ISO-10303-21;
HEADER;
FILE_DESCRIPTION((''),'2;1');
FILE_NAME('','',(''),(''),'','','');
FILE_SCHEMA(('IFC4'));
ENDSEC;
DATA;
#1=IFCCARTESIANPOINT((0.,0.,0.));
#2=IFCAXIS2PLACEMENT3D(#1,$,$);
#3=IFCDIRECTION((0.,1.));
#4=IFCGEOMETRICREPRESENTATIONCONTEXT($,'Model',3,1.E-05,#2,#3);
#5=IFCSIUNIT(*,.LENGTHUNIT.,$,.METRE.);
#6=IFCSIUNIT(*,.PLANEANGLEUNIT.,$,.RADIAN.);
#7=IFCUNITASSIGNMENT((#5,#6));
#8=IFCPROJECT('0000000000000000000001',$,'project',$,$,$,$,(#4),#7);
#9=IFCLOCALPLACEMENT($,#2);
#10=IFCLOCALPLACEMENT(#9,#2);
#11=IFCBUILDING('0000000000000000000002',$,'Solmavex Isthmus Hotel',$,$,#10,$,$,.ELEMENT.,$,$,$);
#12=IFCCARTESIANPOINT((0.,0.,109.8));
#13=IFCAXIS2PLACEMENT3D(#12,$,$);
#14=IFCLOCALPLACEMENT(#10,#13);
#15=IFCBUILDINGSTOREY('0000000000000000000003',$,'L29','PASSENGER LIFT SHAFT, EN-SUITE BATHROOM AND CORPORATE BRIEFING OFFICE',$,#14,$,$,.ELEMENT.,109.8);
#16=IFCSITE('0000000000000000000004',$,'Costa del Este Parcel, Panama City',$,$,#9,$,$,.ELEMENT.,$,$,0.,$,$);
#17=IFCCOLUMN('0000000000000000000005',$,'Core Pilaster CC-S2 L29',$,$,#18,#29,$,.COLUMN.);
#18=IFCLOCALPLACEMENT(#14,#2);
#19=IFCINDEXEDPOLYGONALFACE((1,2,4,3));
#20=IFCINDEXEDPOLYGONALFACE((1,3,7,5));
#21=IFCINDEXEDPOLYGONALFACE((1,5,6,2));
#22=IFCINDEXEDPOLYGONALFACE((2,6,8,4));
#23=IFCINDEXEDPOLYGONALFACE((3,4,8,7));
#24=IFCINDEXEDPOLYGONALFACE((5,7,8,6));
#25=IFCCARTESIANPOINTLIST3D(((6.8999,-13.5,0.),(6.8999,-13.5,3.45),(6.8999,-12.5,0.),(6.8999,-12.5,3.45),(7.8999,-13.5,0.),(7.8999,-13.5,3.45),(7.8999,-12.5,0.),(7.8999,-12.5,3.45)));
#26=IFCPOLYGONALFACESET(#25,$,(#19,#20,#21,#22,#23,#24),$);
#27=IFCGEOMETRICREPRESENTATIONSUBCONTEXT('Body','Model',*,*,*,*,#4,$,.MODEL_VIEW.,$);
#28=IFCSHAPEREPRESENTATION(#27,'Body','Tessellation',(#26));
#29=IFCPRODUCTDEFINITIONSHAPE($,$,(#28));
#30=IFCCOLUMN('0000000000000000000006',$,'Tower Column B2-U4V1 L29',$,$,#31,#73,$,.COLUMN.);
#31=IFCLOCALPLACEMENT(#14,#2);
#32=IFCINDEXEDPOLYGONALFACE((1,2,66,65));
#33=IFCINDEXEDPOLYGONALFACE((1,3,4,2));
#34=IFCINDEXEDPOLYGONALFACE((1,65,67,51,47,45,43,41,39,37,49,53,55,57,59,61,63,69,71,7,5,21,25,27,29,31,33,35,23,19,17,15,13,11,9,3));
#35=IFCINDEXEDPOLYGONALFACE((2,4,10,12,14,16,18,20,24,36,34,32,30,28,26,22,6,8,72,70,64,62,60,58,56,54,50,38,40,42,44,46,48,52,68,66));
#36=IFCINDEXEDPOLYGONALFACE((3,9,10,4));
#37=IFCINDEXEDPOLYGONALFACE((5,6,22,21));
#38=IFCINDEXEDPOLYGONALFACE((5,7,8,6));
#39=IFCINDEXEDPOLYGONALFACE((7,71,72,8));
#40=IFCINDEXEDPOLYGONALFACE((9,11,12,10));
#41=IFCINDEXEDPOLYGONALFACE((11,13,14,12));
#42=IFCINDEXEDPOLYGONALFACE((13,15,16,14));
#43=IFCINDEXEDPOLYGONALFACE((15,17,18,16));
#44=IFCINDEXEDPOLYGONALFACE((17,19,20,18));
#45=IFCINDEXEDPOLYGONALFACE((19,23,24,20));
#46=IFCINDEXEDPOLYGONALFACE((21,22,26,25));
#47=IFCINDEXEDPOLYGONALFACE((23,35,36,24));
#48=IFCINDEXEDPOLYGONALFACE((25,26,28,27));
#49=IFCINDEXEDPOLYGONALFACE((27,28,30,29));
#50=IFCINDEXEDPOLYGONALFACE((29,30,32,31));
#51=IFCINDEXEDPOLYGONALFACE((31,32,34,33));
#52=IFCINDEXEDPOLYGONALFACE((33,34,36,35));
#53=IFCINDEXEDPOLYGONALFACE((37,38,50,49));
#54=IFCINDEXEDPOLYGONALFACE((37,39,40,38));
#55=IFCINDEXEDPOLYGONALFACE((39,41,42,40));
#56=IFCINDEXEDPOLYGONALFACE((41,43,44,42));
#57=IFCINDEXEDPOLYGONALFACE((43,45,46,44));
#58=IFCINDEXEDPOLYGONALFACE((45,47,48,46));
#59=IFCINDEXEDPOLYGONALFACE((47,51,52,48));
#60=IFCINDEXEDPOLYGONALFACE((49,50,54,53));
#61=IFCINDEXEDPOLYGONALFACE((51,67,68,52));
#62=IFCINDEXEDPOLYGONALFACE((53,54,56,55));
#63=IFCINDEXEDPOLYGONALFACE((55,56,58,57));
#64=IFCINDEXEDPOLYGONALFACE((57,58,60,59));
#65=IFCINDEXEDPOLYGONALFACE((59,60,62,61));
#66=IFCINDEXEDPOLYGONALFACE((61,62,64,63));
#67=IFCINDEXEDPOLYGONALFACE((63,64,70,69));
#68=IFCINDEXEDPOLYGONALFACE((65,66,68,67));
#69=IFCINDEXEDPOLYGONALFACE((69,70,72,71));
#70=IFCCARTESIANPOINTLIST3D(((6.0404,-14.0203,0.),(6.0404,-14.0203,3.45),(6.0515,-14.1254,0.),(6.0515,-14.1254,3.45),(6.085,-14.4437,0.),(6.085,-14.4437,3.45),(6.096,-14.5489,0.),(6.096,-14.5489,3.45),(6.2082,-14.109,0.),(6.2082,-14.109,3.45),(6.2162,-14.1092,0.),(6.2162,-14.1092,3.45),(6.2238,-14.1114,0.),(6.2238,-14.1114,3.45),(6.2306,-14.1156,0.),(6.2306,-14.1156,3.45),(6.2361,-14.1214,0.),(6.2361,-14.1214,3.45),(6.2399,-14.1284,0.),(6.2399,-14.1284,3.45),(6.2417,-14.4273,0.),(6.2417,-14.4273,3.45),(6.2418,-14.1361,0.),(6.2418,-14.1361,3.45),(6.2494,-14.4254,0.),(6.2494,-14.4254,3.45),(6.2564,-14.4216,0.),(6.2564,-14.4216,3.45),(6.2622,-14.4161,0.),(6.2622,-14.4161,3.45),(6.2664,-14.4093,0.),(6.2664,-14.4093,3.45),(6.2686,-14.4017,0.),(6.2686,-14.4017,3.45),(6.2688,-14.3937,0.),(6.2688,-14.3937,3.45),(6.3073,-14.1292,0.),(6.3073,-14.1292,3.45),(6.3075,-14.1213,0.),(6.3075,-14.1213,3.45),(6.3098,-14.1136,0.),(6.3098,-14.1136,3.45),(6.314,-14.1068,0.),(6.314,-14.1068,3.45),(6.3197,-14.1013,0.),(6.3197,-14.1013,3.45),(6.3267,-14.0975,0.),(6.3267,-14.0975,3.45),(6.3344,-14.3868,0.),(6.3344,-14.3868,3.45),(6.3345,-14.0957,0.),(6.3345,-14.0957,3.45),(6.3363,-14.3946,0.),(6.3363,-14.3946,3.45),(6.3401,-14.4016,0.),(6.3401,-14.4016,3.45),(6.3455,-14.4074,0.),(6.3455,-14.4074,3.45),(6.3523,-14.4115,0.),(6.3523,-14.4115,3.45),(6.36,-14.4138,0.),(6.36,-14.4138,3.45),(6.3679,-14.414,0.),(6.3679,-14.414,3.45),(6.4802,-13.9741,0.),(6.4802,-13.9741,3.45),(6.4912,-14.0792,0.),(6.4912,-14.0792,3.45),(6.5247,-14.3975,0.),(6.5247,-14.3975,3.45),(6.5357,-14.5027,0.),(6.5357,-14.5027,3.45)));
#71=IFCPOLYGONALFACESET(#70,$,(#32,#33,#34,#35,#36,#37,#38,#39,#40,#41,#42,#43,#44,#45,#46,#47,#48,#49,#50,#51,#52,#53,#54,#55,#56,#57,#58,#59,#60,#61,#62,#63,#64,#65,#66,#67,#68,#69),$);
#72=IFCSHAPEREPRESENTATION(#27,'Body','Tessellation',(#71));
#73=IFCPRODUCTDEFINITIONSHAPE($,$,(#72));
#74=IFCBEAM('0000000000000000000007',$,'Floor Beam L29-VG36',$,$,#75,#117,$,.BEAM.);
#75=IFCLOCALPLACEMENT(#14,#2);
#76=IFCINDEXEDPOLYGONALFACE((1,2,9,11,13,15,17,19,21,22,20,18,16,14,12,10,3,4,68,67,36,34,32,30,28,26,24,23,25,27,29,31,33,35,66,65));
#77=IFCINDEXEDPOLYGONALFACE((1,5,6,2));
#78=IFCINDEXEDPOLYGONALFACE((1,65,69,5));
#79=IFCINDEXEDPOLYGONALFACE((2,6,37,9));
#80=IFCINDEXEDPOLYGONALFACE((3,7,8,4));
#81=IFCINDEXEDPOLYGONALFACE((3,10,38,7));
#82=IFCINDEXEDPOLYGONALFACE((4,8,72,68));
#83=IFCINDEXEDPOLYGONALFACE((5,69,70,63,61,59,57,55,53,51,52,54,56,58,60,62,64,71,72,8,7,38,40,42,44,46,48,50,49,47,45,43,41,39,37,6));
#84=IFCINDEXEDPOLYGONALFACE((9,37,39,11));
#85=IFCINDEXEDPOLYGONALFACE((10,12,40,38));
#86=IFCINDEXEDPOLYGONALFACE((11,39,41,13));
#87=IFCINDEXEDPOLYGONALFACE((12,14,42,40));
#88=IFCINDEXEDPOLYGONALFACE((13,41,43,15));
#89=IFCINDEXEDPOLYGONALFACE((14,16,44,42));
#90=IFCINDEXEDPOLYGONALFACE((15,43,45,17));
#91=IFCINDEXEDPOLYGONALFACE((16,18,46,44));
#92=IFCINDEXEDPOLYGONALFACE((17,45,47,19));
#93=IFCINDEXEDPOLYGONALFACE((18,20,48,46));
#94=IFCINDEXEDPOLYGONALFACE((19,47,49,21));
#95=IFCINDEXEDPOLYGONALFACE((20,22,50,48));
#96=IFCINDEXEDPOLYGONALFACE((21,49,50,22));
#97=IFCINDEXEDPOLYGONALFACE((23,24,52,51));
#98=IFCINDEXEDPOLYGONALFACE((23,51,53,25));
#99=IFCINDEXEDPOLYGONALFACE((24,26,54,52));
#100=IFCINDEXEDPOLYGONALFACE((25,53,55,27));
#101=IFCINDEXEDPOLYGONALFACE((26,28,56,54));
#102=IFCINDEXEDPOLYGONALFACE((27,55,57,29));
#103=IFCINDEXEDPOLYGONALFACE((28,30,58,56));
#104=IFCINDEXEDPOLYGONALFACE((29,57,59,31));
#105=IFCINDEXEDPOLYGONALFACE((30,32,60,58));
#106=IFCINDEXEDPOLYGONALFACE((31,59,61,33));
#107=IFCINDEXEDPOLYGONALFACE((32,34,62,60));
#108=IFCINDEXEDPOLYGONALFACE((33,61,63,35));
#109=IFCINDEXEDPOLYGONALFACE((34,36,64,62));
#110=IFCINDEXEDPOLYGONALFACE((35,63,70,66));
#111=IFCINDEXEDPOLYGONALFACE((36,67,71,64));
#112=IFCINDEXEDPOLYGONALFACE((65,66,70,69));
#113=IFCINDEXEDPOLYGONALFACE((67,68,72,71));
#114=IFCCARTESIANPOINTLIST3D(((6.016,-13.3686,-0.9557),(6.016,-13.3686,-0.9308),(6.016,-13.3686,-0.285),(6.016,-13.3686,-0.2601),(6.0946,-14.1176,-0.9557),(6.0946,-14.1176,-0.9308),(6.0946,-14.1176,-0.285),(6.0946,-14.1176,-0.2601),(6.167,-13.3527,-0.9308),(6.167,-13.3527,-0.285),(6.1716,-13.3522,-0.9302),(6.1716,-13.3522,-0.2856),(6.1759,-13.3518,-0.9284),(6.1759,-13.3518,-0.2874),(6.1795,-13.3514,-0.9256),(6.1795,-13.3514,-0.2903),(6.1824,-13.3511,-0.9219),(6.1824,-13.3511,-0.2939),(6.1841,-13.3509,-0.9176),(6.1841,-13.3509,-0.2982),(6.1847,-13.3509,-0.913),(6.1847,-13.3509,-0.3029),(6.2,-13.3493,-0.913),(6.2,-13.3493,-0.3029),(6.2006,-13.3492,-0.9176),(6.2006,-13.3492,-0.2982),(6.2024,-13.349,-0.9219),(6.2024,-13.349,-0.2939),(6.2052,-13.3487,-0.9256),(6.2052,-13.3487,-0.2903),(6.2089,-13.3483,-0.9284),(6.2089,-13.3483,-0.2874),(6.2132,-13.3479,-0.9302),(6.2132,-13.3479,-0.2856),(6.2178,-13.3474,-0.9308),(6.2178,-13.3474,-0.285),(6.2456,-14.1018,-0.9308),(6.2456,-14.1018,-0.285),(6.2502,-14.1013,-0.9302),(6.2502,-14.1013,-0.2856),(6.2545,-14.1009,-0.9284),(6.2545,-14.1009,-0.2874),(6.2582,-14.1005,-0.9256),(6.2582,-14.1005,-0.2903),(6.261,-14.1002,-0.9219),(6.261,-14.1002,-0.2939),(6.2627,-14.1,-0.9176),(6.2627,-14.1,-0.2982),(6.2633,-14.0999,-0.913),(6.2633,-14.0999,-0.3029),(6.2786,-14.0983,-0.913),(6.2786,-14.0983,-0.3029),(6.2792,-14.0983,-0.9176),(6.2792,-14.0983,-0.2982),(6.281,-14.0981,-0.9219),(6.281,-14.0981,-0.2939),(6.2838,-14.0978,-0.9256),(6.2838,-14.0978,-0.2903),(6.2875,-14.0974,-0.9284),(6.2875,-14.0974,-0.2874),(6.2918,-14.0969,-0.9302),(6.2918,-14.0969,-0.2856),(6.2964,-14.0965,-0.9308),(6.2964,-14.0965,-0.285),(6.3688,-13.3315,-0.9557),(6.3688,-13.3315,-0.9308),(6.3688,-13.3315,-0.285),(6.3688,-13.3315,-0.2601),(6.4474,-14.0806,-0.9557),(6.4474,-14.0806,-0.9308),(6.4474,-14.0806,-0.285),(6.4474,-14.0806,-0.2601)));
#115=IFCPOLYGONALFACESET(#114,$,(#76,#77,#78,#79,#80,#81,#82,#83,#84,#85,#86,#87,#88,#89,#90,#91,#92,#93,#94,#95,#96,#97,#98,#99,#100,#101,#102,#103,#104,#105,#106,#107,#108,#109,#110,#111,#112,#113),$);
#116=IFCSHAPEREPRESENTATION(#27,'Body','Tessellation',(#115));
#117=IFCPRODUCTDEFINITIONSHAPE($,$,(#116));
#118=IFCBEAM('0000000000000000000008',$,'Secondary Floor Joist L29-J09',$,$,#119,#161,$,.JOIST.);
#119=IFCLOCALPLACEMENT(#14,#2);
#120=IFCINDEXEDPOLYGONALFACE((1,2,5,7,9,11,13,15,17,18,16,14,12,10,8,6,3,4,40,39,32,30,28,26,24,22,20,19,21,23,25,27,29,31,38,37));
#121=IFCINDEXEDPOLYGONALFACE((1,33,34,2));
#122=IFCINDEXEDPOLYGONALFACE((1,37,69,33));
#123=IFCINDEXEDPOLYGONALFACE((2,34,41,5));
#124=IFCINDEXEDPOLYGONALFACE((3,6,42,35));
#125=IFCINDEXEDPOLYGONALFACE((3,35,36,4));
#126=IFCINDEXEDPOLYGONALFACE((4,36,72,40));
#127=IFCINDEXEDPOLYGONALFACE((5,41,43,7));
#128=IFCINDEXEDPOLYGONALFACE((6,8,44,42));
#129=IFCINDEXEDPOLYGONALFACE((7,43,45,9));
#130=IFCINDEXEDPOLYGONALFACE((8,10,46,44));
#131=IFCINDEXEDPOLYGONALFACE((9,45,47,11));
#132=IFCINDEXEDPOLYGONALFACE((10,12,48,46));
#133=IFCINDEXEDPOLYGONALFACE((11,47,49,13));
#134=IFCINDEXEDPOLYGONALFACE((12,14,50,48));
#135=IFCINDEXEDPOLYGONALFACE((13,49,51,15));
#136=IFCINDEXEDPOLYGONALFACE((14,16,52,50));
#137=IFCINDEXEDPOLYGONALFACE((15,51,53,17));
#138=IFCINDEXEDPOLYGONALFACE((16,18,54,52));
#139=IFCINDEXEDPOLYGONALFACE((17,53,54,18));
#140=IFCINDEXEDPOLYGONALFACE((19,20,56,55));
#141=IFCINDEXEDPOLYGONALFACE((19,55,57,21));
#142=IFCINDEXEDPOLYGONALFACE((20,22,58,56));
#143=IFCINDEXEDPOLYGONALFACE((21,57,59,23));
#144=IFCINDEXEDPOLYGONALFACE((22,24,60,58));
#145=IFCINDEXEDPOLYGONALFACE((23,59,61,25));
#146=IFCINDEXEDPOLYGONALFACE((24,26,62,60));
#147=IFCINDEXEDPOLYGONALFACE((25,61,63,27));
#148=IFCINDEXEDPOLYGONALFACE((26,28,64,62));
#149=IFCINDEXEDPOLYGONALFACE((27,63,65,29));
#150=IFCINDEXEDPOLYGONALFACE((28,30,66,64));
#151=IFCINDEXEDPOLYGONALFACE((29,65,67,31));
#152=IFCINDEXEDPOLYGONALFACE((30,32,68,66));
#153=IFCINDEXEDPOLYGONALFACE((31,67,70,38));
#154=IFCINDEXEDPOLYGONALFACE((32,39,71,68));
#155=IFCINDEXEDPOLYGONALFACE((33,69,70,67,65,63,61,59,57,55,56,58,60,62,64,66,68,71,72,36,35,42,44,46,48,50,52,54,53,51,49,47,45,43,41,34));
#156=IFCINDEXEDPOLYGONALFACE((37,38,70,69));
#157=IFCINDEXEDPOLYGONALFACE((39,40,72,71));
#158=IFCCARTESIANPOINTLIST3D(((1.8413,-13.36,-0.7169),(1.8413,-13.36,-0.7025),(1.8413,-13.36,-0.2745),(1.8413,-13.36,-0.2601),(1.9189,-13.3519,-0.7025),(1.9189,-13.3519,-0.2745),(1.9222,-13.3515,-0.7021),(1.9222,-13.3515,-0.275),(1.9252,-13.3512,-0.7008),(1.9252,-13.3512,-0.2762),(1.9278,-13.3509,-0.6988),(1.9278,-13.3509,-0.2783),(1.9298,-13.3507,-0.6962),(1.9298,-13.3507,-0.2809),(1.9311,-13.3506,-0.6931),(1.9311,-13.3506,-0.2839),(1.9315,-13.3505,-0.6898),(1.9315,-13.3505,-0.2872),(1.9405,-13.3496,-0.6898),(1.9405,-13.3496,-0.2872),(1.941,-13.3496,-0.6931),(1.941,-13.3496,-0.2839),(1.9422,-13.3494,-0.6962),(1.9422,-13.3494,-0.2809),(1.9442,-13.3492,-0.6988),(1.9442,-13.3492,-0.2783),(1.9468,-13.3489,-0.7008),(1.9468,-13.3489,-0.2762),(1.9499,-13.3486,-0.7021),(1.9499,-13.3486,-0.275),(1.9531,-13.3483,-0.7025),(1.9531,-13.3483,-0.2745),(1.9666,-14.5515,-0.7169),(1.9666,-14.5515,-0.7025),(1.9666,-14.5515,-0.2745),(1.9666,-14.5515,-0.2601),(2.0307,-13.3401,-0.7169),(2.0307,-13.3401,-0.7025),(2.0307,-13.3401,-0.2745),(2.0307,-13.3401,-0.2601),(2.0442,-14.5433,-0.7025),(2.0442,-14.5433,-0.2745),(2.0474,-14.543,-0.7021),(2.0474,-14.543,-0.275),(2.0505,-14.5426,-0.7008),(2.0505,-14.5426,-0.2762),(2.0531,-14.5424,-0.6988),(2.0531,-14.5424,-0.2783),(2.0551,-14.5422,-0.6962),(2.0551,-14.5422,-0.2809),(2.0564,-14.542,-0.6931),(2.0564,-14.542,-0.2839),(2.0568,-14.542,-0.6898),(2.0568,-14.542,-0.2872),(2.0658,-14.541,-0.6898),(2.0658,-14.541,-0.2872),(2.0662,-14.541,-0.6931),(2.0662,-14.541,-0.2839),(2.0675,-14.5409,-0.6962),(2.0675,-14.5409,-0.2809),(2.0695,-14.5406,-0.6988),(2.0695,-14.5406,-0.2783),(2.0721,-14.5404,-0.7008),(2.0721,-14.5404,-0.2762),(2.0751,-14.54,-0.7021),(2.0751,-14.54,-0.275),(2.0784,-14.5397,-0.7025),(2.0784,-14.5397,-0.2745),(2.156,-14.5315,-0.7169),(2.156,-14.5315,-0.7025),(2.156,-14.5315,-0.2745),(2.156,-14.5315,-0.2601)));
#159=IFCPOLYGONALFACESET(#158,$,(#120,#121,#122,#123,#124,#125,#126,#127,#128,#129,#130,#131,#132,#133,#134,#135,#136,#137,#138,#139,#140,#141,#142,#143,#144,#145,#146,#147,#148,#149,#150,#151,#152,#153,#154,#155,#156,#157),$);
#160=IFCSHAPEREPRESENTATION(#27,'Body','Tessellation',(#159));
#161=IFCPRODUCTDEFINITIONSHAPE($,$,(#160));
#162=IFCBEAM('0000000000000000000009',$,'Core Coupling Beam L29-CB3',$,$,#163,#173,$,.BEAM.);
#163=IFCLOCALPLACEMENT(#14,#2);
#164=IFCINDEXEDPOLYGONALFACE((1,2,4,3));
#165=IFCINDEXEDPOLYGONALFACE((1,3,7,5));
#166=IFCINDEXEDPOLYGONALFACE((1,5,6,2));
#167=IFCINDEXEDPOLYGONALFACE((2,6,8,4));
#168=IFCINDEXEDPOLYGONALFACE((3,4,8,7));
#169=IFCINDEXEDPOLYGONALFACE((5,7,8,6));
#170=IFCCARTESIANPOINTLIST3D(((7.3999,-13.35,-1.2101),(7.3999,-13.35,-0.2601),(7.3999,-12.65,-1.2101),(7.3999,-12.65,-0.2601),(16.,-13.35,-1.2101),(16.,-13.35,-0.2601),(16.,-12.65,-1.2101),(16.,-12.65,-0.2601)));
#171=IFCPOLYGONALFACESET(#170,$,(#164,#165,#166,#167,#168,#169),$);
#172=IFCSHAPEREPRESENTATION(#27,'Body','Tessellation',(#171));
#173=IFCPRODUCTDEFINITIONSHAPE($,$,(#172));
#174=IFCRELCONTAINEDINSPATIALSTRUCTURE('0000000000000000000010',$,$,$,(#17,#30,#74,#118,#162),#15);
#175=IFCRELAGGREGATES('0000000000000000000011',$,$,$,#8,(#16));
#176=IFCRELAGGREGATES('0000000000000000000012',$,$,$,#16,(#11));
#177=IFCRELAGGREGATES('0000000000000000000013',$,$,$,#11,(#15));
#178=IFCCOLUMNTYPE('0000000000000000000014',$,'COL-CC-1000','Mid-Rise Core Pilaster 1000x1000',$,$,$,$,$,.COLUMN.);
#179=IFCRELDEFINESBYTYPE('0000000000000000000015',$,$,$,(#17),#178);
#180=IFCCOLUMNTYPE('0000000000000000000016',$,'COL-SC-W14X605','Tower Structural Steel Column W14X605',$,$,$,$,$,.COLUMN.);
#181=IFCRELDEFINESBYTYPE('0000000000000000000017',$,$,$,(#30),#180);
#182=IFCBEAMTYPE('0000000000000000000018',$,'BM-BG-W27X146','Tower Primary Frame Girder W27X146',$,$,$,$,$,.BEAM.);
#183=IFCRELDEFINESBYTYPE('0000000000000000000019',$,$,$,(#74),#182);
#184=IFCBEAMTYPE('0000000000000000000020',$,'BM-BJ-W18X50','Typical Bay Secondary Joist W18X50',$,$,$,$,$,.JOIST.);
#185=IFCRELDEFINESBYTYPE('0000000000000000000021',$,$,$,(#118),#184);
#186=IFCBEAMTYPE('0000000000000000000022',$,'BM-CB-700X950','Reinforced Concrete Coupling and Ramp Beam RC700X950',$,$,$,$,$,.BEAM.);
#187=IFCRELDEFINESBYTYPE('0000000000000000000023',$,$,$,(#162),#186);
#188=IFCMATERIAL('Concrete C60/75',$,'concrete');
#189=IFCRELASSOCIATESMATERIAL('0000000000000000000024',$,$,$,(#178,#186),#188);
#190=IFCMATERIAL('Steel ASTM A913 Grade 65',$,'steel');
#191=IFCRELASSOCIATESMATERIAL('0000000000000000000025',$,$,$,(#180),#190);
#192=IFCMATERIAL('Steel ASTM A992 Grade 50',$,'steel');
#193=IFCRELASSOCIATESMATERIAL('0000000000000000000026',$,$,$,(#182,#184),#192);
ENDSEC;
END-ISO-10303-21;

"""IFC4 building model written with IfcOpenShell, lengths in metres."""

from ifc_helpers import new_model, si_unit, direction, frame, origin, origin_2d, place, context, subcontext, project, spatial, rectangle, i_section, extrude, material, material_profile, profile_set, type_object, element, save


model = new_model("IFC4")

# Units and contexts
model_context = context("Model", 3, precision=1e-05, world=origin(), true_north=direction((0.0, 1.0)))
body_context = subcontext(model_context, "Body", "Model", "MODEL_VIEW")
ifc_project = project(units=[si_unit("LENGTHUNIT", "METRE"), si_unit("PLANEANGLEUNIT", "RADIAN")], contexts=[model_context])

# Site, building, storey
site_placement = place(None, origin())
site = spatial("IfcSite", under=ifc_project, at=site_placement, Name="Costa del Este Parcel, Panama City", CompositionType="ELEMENT", RefElevation=0.0)
building_placement = place(site_placement, origin())
building = spatial("IfcBuilding", under=site, at=building_placement, Name="Solmavex Isthmus Hotel", CompositionType="ELEMENT")
storey_placement = place(building_placement, frame((0.0, 0.0, 109.8)))
storey = spatial("IfcBuildingStorey", under=building, at=storey_placement, Name="L29", Description="PASSENGER LIFT SHAFT, EN-SUITE BATHROOM AND CORPORATE BRIEFING OFFICE", CompositionType="ELEMENT", Elevation=109.8)

# Columns
ifc_material_1 = material(Name="Concrete C60/75", Category="concrete")
ifc_material_profile_1 = material_profile(ifc_material_1, rectangle(XDim=1.0, YDim=1.0, at=origin_2d()), Name="RC1000X1000")
ifc_profile_set_1 = profile_set([ifc_material_profile_1], Name="Concrete C60/75")
column_type_1 = type_object("IfcColumnType", Name="COL-CC-1000", Description="Mid-Rise Core Pilaster 1000x1000", PredefinedType="COLUMN", material=ifc_profile_set_1)
column_1_placement = place(storey_placement, frame((7.3999, -13.0, 0.0), z_axis=(0.0, 0.0, 1.0), x_axis=(1.0, 0.0, 0.0)))
element("IfcColumn", 1, at=column_1_placement, inside=storey, type_object=column_type_1, Name="Core Pilaster CC-S2 L29", PredefinedType="COLUMN", context=body_context, shape_type="SweptSolid", body=[
    extrude(rectangle(XDim=1.0, YDim=1.0, at=origin_2d()), origin(), (0.0, 0.0, 1.0), 3.45),
])
ifc_material_2 = material(Name="Steel ASTM A913 Grade 65", Category="steel")
ifc_material_profile_2 = material_profile(ifc_material_2, i_section(OverallWidth=0.4421, OverallDepth=0.5315, WebThickness=0.0659, FlangeThickness=0.1057, FilletRadius=0.0305, at=origin_2d()), Name="W14X605")
ifc_profile_set_2 = profile_set([ifc_material_profile_2], Name="Steel ASTM A913 Grade 65")
column_type_2 = type_object("IfcColumnType", Name="COL-SC-W14X605", Description="Tower Structural Steel Column W14X605", PredefinedType="COLUMN", material=ifc_profile_set_2)
column_2_placement = place(storey_placement, frame((6.2881, -14.2615, 0.0), z_axis=(0.0, 0.0, 1.0), x_axis=(0.994522, 0.104528, 0.0)))
element("IfcColumn", 2, at=column_2_placement, inside=storey, type_object=column_type_2, Name="Tower Column B2-U4V1 L29", PredefinedType="COLUMN", context=body_context, shape_type="SweptSolid", body=[
    extrude(i_section(OverallWidth=0.4421, OverallDepth=0.5315, WebThickness=0.0659, FlangeThickness=0.1057, FilletRadius=0.0305, at=origin_2d()), origin(), (0.0, 0.0, 1.0), 3.45),
])

# Beams
ifc_material_3 = material(Name="Steel ASTM A992 Grade 50", Category="steel")
ifc_material_profile_3 = material_profile(ifc_material_3, i_section(OverallWidth=0.3547, OverallDepth=0.6956, WebThickness=0.0154, FlangeThickness=0.0249, FilletRadius=0.0178, at=origin_2d()), Name="W27X146")
ifc_profile_set_3 = profile_set([ifc_material_profile_3], Name="Steel ASTM A992 Grade 50")
beam_type_1 = type_object("IfcBeamType", Name="BM-BG-W27X146", Description="Tower Primary Frame Girder W27X146", PredefinedType="BEAM", material=ifc_profile_set_3)
beam_1_placement = place(storey_placement, frame((6.271, -14.0991, -0.6079), z_axis=(-0.104381, 0.994537, 0.0), x_axis=(-0.994537, -0.104381, 0.0)))
element("IfcBeam", 3, at=beam_1_placement, inside=storey, type_object=beam_type_1, Name="Floor Beam L29-VG36", PredefinedType="BEAM", context=body_context, shape_type="SweptSolid", body=[
    extrude(i_section(OverallWidth=0.3547, OverallDepth=0.6956, WebThickness=0.0154, FlangeThickness=0.0249, FilletRadius=0.0178, at=origin_2d()), origin(), (0.0, 0.0, 1.0), 0.7532),
])
ifc_material_profile_4 = material_profile(ifc_material_3, i_section(OverallWidth=0.1904, OverallDepth=0.4568, WebThickness=0.009, FlangeThickness=0.0144, FilletRadius=0.0127, at=origin_2d()), Name="W18X50")
ifc_profile_set_4 = profile_set([ifc_material_profile_4], Name="Steel ASTM A992 Grade 50")
beam_type_2 = type_object("IfcBeamType", Name="BM-BJ-W18X50", Description="Typical Bay Secondary Joist W18X50", PredefinedType="JOIST", material=ifc_profile_set_4)
beam_2_placement = place(storey_placement, frame((2.0613, -14.5415, -0.4885), z_axis=(-0.104547, 0.99452, 0.0), x_axis=(-0.99452, -0.104547, 0.0)))
element("IfcBeam", 4, at=beam_2_placement, inside=storey, type_object=beam_type_2, Name="Secondary Floor Joist L29-J09", PredefinedType="JOIST", context=body_context, shape_type="SweptSolid", body=[
    extrude(i_section(OverallWidth=0.1904, OverallDepth=0.4568, WebThickness=0.009, FlangeThickness=0.0144, FilletRadius=0.0127, at=origin_2d()), origin(), (0.0, 0.0, 1.0), 1.198),
])
ifc_material_profile_5 = material_profile(ifc_material_1, rectangle(XDim=0.7, YDim=0.95, at=origin_2d()), Name="RC700X950")
ifc_profile_set_5 = profile_set([ifc_material_profile_5], Name="Concrete C60/75")
beam_type_3 = type_object("IfcBeamType", Name="BM-CB-700X950", Description="Reinforced Concrete Coupling and Ramp Beam RC700X950", PredefinedType="BEAM", material=ifc_profile_set_5)
beam_3_placement = place(storey_placement, frame((7.3999, -13.0, -0.7351), z_axis=(1.0, 0.0, 0.0), x_axis=(0.0, 1.0, 0.0)))
element("IfcBeam", 5, at=beam_3_placement, inside=storey, type_object=beam_type_3, Name="Core Coupling Beam L29-CB3", PredefinedType="BEAM", context=body_context, shape_type="SweptSolid", body=[
    extrude(rectangle(XDim=0.7, YDim=0.95, at=origin_2d()), origin(), (0.0, 0.0, 1.0), 8.6001),
])

save(model, "model.ifc")
